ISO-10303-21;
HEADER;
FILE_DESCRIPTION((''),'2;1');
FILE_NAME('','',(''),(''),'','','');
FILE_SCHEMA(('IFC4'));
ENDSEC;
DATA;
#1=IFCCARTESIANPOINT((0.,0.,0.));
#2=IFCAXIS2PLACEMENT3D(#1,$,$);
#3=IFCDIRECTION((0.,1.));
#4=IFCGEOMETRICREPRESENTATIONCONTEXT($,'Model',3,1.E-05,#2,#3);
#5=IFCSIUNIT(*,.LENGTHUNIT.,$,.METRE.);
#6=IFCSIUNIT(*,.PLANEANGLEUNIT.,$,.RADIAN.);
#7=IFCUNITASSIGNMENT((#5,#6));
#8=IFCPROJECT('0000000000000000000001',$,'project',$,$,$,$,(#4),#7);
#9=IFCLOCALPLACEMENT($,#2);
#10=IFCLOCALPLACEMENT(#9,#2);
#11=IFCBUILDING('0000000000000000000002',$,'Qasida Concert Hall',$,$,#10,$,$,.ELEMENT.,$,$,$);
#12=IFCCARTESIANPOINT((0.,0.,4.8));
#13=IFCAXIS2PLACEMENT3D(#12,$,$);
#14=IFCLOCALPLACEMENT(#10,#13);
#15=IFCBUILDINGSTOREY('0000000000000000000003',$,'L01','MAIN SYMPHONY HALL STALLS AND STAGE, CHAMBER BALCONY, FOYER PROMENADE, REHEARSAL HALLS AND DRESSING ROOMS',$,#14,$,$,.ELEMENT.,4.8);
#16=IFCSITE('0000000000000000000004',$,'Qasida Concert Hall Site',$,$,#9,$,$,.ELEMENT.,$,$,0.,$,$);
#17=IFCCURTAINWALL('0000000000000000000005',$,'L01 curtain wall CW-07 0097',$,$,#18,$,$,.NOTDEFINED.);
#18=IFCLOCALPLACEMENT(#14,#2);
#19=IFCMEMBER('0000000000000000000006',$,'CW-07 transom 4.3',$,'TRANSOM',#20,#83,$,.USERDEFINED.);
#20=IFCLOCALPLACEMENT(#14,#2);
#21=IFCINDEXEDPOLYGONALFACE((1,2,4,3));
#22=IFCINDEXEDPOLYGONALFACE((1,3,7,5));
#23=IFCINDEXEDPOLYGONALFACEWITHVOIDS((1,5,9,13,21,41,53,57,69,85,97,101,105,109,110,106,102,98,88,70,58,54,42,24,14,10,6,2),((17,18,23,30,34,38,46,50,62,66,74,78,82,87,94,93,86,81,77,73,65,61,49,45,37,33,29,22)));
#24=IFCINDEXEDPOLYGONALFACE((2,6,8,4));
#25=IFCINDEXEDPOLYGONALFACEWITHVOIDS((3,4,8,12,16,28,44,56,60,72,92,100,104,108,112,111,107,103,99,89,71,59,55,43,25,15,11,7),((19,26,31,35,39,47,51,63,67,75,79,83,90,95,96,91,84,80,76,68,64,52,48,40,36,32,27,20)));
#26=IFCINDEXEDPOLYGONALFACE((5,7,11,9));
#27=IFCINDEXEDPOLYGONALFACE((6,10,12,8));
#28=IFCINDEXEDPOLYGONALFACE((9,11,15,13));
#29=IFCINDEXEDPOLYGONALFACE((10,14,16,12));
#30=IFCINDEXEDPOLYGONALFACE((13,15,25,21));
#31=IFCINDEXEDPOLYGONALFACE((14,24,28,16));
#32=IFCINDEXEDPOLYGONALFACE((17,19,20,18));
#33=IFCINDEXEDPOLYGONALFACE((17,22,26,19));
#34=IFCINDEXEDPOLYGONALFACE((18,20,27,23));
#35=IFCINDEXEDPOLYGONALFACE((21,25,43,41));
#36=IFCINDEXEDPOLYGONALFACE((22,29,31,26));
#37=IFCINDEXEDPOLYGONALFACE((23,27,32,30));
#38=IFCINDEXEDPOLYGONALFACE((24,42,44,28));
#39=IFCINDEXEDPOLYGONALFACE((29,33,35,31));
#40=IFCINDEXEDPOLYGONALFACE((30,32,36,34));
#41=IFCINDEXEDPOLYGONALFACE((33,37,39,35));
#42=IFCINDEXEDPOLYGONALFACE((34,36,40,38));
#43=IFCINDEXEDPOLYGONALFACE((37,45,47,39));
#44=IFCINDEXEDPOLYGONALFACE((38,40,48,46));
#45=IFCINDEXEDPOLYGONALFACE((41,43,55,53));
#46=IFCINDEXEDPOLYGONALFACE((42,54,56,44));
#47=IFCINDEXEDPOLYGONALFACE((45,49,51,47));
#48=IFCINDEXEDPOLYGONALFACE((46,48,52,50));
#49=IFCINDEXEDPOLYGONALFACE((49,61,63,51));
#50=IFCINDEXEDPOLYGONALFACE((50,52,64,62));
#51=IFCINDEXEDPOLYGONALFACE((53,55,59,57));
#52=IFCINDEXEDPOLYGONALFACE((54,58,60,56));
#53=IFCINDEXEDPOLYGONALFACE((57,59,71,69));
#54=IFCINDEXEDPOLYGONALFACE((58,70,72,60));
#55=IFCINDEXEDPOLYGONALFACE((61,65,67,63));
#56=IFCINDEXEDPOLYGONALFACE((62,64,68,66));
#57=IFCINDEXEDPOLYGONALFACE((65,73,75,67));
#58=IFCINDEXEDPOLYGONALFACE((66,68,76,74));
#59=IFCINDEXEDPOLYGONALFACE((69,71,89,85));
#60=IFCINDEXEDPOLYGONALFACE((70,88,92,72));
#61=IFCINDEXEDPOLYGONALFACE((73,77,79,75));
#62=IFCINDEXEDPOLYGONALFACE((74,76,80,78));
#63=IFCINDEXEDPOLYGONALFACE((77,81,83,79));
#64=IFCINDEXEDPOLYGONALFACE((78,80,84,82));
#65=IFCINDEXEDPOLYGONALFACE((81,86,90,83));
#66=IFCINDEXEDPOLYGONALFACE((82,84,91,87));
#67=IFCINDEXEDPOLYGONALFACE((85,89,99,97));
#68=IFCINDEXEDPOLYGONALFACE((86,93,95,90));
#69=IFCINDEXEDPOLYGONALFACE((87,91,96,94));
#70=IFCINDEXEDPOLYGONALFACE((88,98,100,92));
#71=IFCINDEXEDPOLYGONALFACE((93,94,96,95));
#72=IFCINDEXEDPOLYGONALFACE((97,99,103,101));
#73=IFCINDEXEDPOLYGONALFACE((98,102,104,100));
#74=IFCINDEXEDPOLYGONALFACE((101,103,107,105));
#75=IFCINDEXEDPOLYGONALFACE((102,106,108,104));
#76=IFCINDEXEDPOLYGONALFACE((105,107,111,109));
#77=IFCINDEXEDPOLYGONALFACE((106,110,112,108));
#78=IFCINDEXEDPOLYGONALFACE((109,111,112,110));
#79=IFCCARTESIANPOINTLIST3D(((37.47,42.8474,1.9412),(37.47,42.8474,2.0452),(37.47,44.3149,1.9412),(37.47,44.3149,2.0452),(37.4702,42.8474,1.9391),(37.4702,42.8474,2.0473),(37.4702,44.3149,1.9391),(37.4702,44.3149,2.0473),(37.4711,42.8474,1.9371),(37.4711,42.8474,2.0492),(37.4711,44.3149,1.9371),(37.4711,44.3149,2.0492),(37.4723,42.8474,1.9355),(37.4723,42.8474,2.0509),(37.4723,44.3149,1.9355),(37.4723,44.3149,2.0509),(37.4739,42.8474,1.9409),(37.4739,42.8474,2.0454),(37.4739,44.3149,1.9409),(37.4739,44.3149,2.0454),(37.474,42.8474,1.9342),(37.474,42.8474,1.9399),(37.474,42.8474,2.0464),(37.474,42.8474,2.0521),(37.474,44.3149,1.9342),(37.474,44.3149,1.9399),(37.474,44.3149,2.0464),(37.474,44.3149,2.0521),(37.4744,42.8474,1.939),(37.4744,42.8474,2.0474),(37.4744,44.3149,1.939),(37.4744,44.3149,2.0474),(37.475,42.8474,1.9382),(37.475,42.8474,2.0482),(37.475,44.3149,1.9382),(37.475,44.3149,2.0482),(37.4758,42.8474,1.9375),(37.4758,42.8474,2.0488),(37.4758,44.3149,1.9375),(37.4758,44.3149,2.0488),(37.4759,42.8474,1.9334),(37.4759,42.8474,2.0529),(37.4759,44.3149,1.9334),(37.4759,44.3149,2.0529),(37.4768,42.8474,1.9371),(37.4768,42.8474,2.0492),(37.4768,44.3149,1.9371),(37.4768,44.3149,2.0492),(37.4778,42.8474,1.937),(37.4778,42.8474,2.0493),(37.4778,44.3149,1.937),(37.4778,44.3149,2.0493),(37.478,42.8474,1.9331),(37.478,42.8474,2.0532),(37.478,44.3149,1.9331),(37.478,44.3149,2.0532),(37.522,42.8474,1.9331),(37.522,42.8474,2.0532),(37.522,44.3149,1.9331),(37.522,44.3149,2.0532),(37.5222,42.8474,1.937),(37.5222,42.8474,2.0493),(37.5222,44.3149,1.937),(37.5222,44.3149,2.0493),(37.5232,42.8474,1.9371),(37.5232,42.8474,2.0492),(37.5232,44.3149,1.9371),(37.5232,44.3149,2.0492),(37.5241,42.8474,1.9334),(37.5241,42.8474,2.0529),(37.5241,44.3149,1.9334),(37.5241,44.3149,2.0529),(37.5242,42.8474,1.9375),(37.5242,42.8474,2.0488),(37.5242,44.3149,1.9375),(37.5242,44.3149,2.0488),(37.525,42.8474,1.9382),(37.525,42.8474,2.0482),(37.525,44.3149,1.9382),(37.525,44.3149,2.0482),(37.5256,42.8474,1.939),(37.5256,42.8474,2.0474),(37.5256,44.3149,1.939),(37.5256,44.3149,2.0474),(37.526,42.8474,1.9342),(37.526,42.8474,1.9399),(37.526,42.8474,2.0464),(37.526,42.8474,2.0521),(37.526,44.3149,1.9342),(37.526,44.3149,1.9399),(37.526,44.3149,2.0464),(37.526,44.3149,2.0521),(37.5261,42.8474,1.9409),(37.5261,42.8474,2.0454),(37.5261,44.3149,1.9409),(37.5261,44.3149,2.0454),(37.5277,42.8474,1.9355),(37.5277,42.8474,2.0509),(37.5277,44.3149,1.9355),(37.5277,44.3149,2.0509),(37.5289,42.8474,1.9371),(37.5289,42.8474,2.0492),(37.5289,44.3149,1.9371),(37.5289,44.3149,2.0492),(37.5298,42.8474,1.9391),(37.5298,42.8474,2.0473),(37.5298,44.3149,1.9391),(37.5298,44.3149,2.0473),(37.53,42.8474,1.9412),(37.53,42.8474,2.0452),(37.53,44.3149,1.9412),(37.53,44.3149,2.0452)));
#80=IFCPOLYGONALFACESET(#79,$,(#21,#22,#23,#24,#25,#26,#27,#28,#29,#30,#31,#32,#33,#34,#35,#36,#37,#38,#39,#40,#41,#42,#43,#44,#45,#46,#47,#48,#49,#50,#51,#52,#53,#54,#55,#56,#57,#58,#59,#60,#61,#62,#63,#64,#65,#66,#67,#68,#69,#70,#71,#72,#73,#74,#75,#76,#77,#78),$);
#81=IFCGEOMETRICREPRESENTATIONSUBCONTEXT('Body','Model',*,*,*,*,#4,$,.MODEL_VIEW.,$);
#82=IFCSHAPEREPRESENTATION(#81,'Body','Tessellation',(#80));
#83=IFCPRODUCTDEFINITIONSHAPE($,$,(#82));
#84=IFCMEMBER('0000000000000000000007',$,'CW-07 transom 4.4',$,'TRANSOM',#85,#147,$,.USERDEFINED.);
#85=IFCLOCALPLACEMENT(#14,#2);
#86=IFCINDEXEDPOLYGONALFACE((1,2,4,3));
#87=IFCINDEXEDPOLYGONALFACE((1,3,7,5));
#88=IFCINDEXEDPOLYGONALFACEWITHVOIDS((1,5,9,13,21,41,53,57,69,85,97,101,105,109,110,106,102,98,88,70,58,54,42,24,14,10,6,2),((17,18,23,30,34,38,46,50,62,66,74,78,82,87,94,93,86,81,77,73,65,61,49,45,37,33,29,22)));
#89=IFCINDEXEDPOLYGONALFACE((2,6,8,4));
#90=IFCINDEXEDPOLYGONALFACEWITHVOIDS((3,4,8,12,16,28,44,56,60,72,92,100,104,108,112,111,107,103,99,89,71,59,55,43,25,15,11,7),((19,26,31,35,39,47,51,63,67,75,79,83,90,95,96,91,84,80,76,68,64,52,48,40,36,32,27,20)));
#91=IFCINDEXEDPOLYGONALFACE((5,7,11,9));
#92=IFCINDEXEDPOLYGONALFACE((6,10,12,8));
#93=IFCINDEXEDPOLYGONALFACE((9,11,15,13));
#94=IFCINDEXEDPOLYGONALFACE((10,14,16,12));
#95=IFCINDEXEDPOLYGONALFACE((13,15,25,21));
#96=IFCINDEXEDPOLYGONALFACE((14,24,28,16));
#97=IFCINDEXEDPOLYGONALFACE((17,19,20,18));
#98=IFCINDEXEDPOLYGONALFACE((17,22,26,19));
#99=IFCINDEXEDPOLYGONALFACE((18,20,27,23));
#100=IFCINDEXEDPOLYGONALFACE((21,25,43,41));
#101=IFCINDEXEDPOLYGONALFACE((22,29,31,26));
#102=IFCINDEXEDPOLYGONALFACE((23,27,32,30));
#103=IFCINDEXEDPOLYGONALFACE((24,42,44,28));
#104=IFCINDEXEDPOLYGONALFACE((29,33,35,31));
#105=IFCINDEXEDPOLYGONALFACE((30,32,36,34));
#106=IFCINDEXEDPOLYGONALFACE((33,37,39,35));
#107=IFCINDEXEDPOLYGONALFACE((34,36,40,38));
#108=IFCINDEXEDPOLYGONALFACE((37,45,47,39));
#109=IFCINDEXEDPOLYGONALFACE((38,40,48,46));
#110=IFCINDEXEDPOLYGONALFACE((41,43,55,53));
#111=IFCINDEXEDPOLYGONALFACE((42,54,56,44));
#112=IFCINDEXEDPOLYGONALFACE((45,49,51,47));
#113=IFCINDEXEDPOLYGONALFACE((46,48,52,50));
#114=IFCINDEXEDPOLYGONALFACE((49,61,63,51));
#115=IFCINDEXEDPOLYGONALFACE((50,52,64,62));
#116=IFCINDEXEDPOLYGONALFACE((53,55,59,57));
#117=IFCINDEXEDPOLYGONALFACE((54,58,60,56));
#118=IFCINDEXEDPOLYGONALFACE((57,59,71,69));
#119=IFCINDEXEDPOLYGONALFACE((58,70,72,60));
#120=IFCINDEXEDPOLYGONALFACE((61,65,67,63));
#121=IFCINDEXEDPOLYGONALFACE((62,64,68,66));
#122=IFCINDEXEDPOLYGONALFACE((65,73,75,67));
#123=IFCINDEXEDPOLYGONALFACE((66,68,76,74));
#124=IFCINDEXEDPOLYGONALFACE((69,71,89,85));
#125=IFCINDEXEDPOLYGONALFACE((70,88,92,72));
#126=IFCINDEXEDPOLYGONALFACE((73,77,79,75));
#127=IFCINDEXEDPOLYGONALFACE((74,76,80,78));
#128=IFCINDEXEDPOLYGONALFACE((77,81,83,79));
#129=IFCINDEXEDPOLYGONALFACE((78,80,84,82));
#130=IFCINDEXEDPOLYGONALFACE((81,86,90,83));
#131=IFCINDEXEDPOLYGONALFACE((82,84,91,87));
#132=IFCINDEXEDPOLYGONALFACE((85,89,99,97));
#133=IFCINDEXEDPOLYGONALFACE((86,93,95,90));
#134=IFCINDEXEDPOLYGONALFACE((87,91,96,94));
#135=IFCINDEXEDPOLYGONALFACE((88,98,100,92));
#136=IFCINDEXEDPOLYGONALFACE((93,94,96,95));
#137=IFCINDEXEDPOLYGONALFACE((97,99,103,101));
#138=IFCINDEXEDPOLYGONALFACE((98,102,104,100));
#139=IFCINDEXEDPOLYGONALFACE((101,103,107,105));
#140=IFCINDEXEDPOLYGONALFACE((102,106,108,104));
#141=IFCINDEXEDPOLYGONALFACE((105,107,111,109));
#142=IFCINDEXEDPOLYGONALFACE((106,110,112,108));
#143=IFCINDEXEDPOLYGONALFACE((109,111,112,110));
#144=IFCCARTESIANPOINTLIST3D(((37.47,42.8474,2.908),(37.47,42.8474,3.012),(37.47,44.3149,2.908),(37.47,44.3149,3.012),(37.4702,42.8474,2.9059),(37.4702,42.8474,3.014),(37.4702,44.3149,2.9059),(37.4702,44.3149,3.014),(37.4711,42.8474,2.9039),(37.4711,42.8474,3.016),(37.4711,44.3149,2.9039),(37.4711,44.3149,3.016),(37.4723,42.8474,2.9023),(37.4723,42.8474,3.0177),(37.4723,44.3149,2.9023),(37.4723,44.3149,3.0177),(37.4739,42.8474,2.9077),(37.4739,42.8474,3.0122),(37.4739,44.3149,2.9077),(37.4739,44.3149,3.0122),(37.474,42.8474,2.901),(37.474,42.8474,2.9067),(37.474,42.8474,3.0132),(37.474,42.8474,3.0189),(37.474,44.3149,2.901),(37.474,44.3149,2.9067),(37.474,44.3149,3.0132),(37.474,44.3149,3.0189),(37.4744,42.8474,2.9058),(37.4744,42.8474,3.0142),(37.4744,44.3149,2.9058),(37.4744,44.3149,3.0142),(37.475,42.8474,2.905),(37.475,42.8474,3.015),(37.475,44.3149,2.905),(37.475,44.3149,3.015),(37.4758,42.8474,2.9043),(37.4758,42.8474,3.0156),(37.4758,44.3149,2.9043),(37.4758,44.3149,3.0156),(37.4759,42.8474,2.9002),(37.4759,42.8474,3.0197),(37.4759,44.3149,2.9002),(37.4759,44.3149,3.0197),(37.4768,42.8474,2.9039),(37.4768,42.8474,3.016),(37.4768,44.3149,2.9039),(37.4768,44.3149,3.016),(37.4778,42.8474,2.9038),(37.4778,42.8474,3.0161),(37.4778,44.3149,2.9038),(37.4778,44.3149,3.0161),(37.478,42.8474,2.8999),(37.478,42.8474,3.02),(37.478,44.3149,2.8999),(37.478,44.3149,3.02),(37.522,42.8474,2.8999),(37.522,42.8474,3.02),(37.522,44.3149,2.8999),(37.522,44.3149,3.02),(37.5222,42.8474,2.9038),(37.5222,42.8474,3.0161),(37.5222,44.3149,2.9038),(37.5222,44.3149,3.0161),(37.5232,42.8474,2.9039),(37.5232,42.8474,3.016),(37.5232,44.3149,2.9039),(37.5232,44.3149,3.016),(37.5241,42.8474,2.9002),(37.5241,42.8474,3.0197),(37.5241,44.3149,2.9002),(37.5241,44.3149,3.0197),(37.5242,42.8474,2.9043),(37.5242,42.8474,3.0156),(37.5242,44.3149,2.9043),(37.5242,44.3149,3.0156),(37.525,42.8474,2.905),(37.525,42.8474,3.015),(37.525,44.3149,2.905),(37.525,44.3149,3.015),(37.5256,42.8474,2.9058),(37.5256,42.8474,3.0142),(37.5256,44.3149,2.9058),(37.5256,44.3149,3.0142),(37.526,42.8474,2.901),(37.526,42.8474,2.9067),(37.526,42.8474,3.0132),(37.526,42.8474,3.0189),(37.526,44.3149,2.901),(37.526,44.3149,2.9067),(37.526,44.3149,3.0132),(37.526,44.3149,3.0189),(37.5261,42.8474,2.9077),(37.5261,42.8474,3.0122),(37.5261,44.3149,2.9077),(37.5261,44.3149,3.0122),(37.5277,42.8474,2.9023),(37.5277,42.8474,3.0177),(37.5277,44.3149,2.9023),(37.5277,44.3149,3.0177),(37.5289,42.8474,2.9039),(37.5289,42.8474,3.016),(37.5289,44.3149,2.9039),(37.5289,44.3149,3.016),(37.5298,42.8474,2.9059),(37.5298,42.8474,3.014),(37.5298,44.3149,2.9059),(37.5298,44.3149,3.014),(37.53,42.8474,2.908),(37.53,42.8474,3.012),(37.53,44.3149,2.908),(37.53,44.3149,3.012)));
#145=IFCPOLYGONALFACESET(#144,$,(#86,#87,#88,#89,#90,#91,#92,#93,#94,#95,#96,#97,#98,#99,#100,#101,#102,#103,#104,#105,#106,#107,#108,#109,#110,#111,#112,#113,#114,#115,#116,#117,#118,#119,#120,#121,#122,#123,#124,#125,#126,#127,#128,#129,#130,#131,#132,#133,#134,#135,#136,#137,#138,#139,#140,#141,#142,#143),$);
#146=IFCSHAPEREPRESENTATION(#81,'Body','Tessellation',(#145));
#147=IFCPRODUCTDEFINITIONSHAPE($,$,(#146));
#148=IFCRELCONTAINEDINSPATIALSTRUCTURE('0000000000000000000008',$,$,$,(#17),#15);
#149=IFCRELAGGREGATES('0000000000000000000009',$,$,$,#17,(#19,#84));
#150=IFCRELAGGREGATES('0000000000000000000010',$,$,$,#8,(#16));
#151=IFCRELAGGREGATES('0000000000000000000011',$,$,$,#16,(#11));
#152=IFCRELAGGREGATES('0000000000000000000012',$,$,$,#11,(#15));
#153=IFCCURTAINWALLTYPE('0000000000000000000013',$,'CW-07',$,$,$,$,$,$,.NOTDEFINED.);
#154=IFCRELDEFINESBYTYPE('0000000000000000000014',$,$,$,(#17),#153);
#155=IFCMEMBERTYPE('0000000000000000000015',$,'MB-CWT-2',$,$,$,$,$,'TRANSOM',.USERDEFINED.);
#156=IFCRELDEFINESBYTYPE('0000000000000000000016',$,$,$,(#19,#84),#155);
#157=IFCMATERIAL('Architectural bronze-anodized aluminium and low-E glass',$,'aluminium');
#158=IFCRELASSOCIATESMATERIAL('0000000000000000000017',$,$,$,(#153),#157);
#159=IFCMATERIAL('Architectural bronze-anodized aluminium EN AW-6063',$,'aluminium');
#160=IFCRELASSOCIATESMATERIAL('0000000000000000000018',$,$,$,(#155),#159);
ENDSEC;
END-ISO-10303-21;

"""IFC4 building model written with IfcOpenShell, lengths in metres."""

from ifc_helpers import new_model, si_unit, direction, frame, origin, origin_2d, place, context, subcontext, project, spatial, hollow_rectangle, extrude, material, material_profile, profile_set, type_object, element, aggregate, save


model = new_model("IFC4")

# Units and contexts
model_context = context("Model", 3, precision=1e-05, world=origin(), true_north=direction((0.0, 1.0)))
body_context = subcontext(model_context, "Body", "Model", "MODEL_VIEW")
ifc_project = project(units=[si_unit("LENGTHUNIT", "METRE"), si_unit("PLANEANGLEUNIT", "RADIAN")], contexts=[model_context])

# Site, building, storey
site_placement = place(None, origin())
site = spatial("IfcSite", under=ifc_project, at=site_placement, Name="Qasida Concert Hall Site", CompositionType="ELEMENT", RefElevation=0.0)
building_placement = place(site_placement, origin())
building = spatial("IfcBuilding", under=site, at=building_placement, Name="Qasida Concert Hall", CompositionType="ELEMENT")
storey_placement = place(building_placement, frame((0.0, 0.0, 4.8)))
storey = spatial("IfcBuildingStorey", under=building, at=storey_placement, Name="L01", Description="MAIN SYMPHONY HALL STALLS AND STAGE, CHAMBER BALCONY, FOYER PROMENADE, REHEARSAL HALLS AND DRESSING ROOMS", CompositionType="ELEMENT", Elevation=4.8)

# Shared definitions
ifc_material_1 = material(Name="Architectural bronze-anodized aluminium and low-E glass", Category="aluminium")
curtain_wall_type = type_object("IfcCurtainWallType", Name="CW-07", PredefinedType="NOTDEFINED", material=ifc_material_1)
ifc_material_2 = material(Name="Architectural bronze-anodized aluminium EN AW-6063", Category="aluminium")

# Curtain wall
curtain_wall_1_placement = place(storey_placement, origin())
curtain_wall_1 = element("IfcCurtainWall", 1, at=curtain_wall_1_placement, inside=storey, type_object=curtain_wall_type, Name="L01 curtain wall CW-07 0097", PredefinedType="NOTDEFINED")

# Members
ifc_material_profile_1 = material_profile(ifc_material_2, hollow_rectangle(XDim=0.0601, YDim=0.1201, WallThickness=0.0039, InnerFilletRadius=0.0039, OuterFilletRadius=0.0081, at=origin_2d()), Name="CWT 120x60x4")
ifc_profile_set_1 = profile_set([ifc_material_profile_1], Name="Architectural bronze-anodized aluminium EN AW-6063")
member_type_1 = type_object("IfcMemberType", Name="MB-CWT-2", ElementType="TRANSOM", PredefinedType="USERDEFINED", material=ifc_profile_set_1)
member_1_placement = place(storey_placement, frame((37.5, 42.8474, 1.9932), z_axis=(0.0, 1.0, 0.0), x_axis=(-1.0, 0.0, 0.0)))
member_1 = element("IfcMember", 2, at=member_1_placement, type_object=member_type_1, Name="CW-07 transom 4.3", ObjectType="TRANSOM", PredefinedType="USERDEFINED", context=body_context, shape_type="SweptSolid", body=[
    extrude(hollow_rectangle(XDim=0.0601, YDim=0.1201, WallThickness=0.0039, InnerFilletRadius=0.0039, OuterFilletRadius=0.0081, at=origin_2d()), origin(), (0.0, 0.0, 1.0), 1.4675),
])
member_2_placement = place(storey_placement, frame((37.5, 42.8474, 2.96), z_axis=(0.0, 1.0, 0.0), x_axis=(-1.0, 0.0, 0.0)))
member_2 = element("IfcMember", 3, at=member_2_placement, type_object=member_type_1, Name="CW-07 transom 4.4", ObjectType="TRANSOM", PredefinedType="USERDEFINED", context=body_context, shape_type="SweptSolid", body=[
    extrude(hollow_rectangle(XDim=0.0601, YDim=0.1201, WallThickness=0.0039, InnerFilletRadius=0.0039, OuterFilletRadius=0.0081, at=origin_2d()), origin(), (0.0, 0.0, 1.0), 1.4675),
])

aggregate(curtain_wall_1, [member_1, member_2])

save(model, "model.ifc")
